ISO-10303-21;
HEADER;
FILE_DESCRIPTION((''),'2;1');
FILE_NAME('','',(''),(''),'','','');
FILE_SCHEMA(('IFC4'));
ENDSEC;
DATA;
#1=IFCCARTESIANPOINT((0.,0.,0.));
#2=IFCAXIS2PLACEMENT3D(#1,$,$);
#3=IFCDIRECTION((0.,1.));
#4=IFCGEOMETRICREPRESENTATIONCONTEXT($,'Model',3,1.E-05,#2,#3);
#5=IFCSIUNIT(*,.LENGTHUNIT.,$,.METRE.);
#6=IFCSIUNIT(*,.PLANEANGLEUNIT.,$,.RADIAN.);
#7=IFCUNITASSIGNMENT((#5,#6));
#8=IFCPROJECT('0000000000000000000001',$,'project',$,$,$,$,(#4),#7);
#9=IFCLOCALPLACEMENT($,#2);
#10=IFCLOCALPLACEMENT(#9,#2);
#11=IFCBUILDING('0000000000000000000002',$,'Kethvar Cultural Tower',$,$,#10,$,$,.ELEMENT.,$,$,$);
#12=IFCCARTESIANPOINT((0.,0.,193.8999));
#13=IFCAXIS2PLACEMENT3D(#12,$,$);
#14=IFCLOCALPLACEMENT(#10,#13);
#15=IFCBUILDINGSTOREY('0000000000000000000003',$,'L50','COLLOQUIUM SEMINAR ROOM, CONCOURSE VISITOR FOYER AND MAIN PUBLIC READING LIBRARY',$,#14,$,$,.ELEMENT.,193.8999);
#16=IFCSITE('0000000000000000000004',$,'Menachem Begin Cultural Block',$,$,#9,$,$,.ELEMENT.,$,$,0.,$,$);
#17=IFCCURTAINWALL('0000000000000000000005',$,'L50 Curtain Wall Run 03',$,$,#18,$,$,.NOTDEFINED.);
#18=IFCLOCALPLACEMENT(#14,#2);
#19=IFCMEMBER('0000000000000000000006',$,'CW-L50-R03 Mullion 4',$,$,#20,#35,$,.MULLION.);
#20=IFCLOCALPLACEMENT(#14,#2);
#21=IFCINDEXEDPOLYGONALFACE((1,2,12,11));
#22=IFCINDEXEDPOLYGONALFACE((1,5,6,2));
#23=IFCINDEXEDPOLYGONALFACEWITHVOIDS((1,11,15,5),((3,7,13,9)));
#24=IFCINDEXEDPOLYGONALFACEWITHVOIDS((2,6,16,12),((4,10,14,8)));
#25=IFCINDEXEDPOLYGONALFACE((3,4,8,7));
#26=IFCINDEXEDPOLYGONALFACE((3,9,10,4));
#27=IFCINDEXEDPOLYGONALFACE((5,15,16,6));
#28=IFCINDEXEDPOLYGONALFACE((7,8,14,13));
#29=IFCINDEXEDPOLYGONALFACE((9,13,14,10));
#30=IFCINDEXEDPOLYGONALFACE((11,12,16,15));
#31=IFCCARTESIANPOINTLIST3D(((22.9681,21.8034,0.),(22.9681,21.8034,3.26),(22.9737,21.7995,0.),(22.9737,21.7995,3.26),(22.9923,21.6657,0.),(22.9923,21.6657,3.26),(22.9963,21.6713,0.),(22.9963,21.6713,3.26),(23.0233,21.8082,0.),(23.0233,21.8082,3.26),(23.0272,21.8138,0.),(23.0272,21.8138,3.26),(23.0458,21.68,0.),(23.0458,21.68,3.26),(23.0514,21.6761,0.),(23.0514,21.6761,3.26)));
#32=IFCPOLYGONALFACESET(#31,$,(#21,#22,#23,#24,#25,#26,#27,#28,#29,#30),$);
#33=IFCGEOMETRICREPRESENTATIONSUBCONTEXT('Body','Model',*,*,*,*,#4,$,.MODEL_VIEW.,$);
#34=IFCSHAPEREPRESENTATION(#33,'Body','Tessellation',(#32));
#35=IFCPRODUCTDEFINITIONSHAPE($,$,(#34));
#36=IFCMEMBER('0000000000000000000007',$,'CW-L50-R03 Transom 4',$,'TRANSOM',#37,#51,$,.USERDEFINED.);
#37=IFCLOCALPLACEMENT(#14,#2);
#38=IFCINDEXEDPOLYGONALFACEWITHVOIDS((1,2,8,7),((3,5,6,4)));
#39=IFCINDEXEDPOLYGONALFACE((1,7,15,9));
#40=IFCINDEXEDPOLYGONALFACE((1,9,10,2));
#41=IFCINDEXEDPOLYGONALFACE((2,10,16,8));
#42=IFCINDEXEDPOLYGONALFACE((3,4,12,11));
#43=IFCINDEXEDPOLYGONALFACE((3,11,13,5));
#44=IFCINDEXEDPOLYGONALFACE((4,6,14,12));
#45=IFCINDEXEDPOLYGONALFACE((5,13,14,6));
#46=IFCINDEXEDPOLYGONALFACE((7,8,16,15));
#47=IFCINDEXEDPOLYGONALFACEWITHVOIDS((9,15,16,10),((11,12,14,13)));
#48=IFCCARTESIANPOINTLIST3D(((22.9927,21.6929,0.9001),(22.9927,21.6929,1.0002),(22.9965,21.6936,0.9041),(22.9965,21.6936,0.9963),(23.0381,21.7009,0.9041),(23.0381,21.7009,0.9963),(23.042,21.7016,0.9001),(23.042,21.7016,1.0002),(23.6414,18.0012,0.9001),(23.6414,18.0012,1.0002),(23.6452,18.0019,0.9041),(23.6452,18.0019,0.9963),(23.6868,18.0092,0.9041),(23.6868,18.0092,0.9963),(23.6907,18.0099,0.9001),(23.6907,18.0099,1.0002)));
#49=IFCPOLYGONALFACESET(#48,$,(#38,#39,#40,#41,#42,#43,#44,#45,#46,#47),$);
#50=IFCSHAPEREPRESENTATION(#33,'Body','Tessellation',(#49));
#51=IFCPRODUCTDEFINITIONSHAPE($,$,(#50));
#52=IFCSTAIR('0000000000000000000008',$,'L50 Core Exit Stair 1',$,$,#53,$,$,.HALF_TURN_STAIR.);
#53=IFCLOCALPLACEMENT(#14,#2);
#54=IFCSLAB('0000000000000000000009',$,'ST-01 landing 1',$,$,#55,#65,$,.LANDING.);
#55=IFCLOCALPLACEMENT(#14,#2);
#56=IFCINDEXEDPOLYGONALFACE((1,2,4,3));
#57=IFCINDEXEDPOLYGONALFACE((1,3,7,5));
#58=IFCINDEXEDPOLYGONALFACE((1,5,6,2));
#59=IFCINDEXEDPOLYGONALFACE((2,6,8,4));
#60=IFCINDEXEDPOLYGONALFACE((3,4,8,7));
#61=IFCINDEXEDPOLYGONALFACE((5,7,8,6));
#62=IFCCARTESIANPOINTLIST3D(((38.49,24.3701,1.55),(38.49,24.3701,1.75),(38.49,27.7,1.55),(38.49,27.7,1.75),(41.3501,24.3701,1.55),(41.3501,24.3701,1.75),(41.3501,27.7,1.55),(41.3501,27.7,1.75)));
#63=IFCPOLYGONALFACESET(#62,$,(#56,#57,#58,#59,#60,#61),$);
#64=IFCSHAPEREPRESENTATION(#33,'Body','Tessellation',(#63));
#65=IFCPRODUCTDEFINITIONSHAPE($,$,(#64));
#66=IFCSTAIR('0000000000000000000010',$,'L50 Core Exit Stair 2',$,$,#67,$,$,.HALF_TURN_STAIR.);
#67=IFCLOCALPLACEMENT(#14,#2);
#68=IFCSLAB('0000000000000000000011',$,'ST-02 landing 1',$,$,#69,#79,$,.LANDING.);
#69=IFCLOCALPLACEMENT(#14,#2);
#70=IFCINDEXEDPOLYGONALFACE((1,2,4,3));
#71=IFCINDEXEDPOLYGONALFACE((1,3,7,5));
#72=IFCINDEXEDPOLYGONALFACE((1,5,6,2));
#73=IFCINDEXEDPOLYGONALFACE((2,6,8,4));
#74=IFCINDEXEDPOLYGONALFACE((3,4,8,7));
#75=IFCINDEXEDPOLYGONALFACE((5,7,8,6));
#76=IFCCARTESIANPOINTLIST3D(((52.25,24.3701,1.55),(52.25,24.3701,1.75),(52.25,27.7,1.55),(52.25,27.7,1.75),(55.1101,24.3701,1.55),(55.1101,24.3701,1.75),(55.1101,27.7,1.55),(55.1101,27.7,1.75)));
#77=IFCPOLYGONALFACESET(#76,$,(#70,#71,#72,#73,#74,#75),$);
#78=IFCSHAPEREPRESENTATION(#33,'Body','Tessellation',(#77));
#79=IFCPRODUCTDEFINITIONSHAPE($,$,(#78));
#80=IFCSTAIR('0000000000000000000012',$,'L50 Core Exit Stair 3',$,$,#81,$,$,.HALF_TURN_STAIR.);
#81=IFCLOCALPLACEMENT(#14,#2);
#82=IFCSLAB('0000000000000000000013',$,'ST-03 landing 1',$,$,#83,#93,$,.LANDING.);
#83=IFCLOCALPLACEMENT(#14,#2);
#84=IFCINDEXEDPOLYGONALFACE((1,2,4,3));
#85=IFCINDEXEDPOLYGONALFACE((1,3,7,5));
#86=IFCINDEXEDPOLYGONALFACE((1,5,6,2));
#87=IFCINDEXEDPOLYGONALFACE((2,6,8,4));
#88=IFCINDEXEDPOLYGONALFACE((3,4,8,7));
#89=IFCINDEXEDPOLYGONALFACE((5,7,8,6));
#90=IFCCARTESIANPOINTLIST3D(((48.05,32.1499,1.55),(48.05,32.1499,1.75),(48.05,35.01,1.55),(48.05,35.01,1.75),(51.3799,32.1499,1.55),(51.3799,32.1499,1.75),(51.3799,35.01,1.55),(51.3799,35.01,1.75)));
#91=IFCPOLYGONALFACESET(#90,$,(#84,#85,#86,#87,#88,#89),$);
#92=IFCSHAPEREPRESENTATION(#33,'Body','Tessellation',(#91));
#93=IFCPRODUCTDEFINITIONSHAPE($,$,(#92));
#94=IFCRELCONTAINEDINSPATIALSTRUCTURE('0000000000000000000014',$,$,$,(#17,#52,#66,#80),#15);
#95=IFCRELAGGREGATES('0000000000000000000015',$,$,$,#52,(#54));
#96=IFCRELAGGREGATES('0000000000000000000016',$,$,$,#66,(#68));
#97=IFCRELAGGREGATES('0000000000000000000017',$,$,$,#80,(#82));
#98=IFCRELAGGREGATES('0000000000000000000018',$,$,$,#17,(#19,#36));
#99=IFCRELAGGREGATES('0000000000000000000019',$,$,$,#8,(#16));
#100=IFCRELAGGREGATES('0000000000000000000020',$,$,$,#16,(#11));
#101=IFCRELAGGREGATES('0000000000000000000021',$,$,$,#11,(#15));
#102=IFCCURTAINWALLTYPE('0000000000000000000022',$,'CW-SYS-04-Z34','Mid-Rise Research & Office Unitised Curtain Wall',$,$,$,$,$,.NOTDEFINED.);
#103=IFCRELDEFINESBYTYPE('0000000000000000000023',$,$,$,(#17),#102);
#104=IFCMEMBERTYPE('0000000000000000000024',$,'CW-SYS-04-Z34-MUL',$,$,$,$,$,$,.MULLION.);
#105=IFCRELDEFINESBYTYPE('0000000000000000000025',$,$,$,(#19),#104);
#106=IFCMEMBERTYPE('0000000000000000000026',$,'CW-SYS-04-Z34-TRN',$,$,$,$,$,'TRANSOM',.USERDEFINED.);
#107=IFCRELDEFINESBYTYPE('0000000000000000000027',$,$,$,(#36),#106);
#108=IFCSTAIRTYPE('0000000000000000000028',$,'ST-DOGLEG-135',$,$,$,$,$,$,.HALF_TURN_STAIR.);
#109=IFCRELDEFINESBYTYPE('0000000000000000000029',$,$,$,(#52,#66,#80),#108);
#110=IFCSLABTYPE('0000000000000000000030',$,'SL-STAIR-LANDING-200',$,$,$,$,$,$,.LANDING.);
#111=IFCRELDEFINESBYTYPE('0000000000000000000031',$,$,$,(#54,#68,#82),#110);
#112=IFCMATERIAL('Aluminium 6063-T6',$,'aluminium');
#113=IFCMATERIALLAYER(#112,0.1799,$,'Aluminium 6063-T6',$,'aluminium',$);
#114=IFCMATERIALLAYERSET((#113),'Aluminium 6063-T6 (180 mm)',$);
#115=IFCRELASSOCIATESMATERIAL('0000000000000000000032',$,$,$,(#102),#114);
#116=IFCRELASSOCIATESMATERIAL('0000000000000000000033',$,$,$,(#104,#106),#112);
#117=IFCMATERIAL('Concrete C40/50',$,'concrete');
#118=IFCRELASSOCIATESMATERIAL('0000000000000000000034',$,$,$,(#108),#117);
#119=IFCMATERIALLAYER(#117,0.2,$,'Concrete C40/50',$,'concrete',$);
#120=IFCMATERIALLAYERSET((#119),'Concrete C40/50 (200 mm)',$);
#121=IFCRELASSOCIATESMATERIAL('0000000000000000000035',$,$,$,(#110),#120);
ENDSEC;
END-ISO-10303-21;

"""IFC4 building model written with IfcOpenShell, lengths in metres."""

from ifc_helpers import new_model, si_unit, direction, frame, origin, origin_2d, place, context, subcontext, project, spatial, polyline, hollow_rectangle, outline, extrude, source, transform, mapped, material, layer, layer_set, material_profile, profile_set, type_object, element, aggregate, save


model = new_model("IFC4")

# Units and contexts
model_context = context("Model", 3, precision=1e-05, world=origin(), true_north=direction((0.0, 1.0)))
body_context = subcontext(model_context, "Body", "Model", "MODEL_VIEW")
ifc_project = project(units=[si_unit("LENGTHUNIT", "METRE"), si_unit("PLANEANGLEUNIT", "RADIAN")], contexts=[model_context])

# Site, building, storey
site_placement = place(None, origin())
site = spatial("IfcSite", under=ifc_project, at=site_placement, Name="Menachem Begin Cultural Block", CompositionType="ELEMENT", RefElevation=0.0)
building_placement = place(site_placement, origin())
building = spatial("IfcBuilding", under=site, at=building_placement, Name="Kethvar Cultural Tower", CompositionType="ELEMENT")
storey_placement = place(building_placement, frame((0.0, 0.0, 193.8999)))
storey = spatial("IfcBuildingStorey", under=building, at=storey_placement, Name="L50", Description="COLLOQUIUM SEMINAR ROOM, CONCOURSE VISITOR FOYER AND MAIN PUBLIC READING LIBRARY", CompositionType="ELEMENT", Elevation=193.8999)

# Curtain wall, members
ifc_material_1 = material(Name="Aluminium 6063-T6", Category="aluminium")
ifc_layer_1 = layer(ifc_material_1, 0.1799, Name="Aluminium 6063-T6", Category="aluminium")
ifc_layer_set_1 = layer_set([ifc_layer_1], Name="Aluminium 6063-T6 (180 mm)")
curtain_wall_type = type_object("IfcCurtainWallType", Name="CW-SYS-04-Z34", Description="Mid-Rise Research & Office Unitised Curtain Wall", PredefinedType="NOTDEFINED", material=ifc_layer_set_1)
curtain_wall_placement = place(storey_placement, origin())
curtain_wall = element("IfcCurtainWall", 1, at=curtain_wall_placement, inside=storey, type_object=curtain_wall_type, Name="L50 Curtain Wall Run 03", PredefinedType="NOTDEFINED")
ifc_material_profile_1 = material_profile(ifc_material_1, hollow_rectangle(XDim=0.0601, YDim=0.1399, WallThickness=0.0049, at=origin_2d()), Name="Aluminium 6063-T6 — RHS140x60x5")
ifc_profile_set_1 = profile_set([ifc_material_profile_1], Name="Aluminium 6063-T6 — RHS140x60x5")
member_type_1 = type_object("IfcMemberType", Name="CW-SYS-04-Z34-MUL", PredefinedType="MULLION", material=ifc_profile_set_1)
shared_shape_1 = source(origin(), body_context, "Body", "SweptSolid", [
    extrude(hollow_rectangle(XDim=0.0601, YDim=0.1399, WallThickness=0.0049, at=origin_2d()), origin(), (0.0, 0.0, 1.0), 3.26),
])
member_1_placement = place(storey_placement, frame((23.0098, 21.7397, 0.0), z_axis=(0.0, 0.0, 1.0), x_axis=(0.984908, 0.173081, 0.0)))
member_1 = element("IfcMember", 2, at=member_1_placement, type_object=member_type_1, Name="CW-L50-R03 Mullion 4", PredefinedType="MULLION", context=body_context, shape_type="MappedRepresentation", body=[
    mapped(shared_shape_1, transform((0.0, 0.0, 0.0), scale=1.0)),
])
ifc_material_profile_2 = material_profile(ifc_material_1, hollow_rectangle(XDim=0.05, YDim=0.1001, WallThickness=0.0039, at=origin_2d()), Name="Aluminium 6063-T6 — RHS100x50x4")
ifc_profile_set_2 = profile_set([ifc_material_profile_2], Name="Aluminium 6063-T6 — RHS100x50x4")
member_type_2 = type_object("IfcMemberType", Name="CW-SYS-04-Z34-TRN", ElementType="TRANSOM", PredefinedType="USERDEFINED", material=ifc_profile_set_2)
shared_shape_2 = source(origin(), body_context, "Body", "SweptSolid", [
    extrude(hollow_rectangle(XDim=0.05, YDim=0.1001, WallThickness=0.0039, at=origin_2d()), origin(), (0.0, 0.0, 1.0), 3.7483),
])
member_2_placement = place(storey_placement, frame((23.0173, 21.6973, 0.9502), z_axis=(0.173064, -0.984911, 0.0), x_axis=(0.984911, 0.173064, 0.0)))
member_2 = element("IfcMember", 3, at=member_2_placement, type_object=member_type_2, Name="CW-L50-R03 Transom 4", ObjectType="TRANSOM", PredefinedType="USERDEFINED", context=body_context, shape_type="MappedRepresentation", body=[
    mapped(shared_shape_2, transform((0.0, 0.0, 0.0), scale=1.0)),
])

# Stairs, slabs
ifc_material_2 = material(Name="Concrete C40/50", Category="concrete")
stair_type = type_object("IfcStairType", Name="ST-DOGLEG-135", PredefinedType="HALF_TURN_STAIR", material=ifc_material_2)
stair_1_placement = place(storey_placement, origin())
stair_1 = element("IfcStair", 4, at=stair_1_placement, inside=storey, type_object=stair_type, Name="L50 Core Exit Stair 1", PredefinedType="HALF_TURN_STAIR")
ifc_layer_2 = layer(ifc_material_2, 0.2, Name="Concrete C40/50", Category="concrete")
ifc_layer_set_2 = layer_set([ifc_layer_2], Name="Concrete C40/50 (200 mm)")
slab_type_1 = type_object("IfcSlabType", Name="SL-STAIR-LANDING-200", PredefinedType="LANDING", material=ifc_layer_set_2)
slab_1_placement = place(storey_placement, frame((0.0, 0.0, 1.55)))
slab_1 = element("IfcSlab", 5, at=slab_1_placement, type_object=slab_type_1, Name="ST-01 landing 1", PredefinedType="LANDING", context=body_context, shape_type="SweptSolid", body=[
    extrude(outline(polyline([(41.3501, 24.3701), (41.3501, 27.7), (38.49, 27.7), (38.49, 24.3701), (41.3501, 24.3701)])), origin(), (0.0, 0.0, 1.0), 0.2),
])
aggregate(stair_1, [slab_1])
stair_2_placement = place(storey_placement, origin())
stair_2 = element("IfcStair", 6, at=stair_2_placement, inside=storey, type_object=stair_type, Name="L50 Core Exit Stair 2", PredefinedType="HALF_TURN_STAIR")
slab_2_placement = place(storey_placement, frame((0.0, 0.0, 1.55)))
slab_2 = element("IfcSlab", 7, at=slab_2_placement, type_object=slab_type_1, Name="ST-02 landing 1", PredefinedType="LANDING", context=body_context, shape_type="SweptSolid", body=[
    extrude(outline(polyline([(55.1101, 24.3701), (55.1101, 27.7), (52.25, 27.7), (52.25, 24.3701), (55.1101, 24.3701)])), origin(), (0.0, 0.0, 1.0), 0.2),
])
aggregate(stair_2, [slab_2])
stair_3_placement = place(storey_placement, origin())
stair_3 = element("IfcStair", 8, at=stair_3_placement, inside=storey, type_object=stair_type, Name="L50 Core Exit Stair 3", PredefinedType="HALF_TURN_STAIR")
slab_3_placement = place(storey_placement, frame((0.0, 0.0, 1.55)))
slab_3 = element("IfcSlab", 9, at=slab_3_placement, type_object=slab_type_1, Name="ST-03 landing 1", PredefinedType="LANDING", context=body_context, shape_type="SweptSolid", body=[
    extrude(outline(polyline([(51.3799, 35.01), (48.05, 35.01), (48.05, 32.1499), (51.3799, 32.1499), (51.3799, 35.01)])), origin(), (0.0, 0.0, 1.0), 0.2),
])
aggregate(stair_3, [slab_3])

aggregate(curtain_wall, [member_1, member_2])

save(model, "model.ifc")
